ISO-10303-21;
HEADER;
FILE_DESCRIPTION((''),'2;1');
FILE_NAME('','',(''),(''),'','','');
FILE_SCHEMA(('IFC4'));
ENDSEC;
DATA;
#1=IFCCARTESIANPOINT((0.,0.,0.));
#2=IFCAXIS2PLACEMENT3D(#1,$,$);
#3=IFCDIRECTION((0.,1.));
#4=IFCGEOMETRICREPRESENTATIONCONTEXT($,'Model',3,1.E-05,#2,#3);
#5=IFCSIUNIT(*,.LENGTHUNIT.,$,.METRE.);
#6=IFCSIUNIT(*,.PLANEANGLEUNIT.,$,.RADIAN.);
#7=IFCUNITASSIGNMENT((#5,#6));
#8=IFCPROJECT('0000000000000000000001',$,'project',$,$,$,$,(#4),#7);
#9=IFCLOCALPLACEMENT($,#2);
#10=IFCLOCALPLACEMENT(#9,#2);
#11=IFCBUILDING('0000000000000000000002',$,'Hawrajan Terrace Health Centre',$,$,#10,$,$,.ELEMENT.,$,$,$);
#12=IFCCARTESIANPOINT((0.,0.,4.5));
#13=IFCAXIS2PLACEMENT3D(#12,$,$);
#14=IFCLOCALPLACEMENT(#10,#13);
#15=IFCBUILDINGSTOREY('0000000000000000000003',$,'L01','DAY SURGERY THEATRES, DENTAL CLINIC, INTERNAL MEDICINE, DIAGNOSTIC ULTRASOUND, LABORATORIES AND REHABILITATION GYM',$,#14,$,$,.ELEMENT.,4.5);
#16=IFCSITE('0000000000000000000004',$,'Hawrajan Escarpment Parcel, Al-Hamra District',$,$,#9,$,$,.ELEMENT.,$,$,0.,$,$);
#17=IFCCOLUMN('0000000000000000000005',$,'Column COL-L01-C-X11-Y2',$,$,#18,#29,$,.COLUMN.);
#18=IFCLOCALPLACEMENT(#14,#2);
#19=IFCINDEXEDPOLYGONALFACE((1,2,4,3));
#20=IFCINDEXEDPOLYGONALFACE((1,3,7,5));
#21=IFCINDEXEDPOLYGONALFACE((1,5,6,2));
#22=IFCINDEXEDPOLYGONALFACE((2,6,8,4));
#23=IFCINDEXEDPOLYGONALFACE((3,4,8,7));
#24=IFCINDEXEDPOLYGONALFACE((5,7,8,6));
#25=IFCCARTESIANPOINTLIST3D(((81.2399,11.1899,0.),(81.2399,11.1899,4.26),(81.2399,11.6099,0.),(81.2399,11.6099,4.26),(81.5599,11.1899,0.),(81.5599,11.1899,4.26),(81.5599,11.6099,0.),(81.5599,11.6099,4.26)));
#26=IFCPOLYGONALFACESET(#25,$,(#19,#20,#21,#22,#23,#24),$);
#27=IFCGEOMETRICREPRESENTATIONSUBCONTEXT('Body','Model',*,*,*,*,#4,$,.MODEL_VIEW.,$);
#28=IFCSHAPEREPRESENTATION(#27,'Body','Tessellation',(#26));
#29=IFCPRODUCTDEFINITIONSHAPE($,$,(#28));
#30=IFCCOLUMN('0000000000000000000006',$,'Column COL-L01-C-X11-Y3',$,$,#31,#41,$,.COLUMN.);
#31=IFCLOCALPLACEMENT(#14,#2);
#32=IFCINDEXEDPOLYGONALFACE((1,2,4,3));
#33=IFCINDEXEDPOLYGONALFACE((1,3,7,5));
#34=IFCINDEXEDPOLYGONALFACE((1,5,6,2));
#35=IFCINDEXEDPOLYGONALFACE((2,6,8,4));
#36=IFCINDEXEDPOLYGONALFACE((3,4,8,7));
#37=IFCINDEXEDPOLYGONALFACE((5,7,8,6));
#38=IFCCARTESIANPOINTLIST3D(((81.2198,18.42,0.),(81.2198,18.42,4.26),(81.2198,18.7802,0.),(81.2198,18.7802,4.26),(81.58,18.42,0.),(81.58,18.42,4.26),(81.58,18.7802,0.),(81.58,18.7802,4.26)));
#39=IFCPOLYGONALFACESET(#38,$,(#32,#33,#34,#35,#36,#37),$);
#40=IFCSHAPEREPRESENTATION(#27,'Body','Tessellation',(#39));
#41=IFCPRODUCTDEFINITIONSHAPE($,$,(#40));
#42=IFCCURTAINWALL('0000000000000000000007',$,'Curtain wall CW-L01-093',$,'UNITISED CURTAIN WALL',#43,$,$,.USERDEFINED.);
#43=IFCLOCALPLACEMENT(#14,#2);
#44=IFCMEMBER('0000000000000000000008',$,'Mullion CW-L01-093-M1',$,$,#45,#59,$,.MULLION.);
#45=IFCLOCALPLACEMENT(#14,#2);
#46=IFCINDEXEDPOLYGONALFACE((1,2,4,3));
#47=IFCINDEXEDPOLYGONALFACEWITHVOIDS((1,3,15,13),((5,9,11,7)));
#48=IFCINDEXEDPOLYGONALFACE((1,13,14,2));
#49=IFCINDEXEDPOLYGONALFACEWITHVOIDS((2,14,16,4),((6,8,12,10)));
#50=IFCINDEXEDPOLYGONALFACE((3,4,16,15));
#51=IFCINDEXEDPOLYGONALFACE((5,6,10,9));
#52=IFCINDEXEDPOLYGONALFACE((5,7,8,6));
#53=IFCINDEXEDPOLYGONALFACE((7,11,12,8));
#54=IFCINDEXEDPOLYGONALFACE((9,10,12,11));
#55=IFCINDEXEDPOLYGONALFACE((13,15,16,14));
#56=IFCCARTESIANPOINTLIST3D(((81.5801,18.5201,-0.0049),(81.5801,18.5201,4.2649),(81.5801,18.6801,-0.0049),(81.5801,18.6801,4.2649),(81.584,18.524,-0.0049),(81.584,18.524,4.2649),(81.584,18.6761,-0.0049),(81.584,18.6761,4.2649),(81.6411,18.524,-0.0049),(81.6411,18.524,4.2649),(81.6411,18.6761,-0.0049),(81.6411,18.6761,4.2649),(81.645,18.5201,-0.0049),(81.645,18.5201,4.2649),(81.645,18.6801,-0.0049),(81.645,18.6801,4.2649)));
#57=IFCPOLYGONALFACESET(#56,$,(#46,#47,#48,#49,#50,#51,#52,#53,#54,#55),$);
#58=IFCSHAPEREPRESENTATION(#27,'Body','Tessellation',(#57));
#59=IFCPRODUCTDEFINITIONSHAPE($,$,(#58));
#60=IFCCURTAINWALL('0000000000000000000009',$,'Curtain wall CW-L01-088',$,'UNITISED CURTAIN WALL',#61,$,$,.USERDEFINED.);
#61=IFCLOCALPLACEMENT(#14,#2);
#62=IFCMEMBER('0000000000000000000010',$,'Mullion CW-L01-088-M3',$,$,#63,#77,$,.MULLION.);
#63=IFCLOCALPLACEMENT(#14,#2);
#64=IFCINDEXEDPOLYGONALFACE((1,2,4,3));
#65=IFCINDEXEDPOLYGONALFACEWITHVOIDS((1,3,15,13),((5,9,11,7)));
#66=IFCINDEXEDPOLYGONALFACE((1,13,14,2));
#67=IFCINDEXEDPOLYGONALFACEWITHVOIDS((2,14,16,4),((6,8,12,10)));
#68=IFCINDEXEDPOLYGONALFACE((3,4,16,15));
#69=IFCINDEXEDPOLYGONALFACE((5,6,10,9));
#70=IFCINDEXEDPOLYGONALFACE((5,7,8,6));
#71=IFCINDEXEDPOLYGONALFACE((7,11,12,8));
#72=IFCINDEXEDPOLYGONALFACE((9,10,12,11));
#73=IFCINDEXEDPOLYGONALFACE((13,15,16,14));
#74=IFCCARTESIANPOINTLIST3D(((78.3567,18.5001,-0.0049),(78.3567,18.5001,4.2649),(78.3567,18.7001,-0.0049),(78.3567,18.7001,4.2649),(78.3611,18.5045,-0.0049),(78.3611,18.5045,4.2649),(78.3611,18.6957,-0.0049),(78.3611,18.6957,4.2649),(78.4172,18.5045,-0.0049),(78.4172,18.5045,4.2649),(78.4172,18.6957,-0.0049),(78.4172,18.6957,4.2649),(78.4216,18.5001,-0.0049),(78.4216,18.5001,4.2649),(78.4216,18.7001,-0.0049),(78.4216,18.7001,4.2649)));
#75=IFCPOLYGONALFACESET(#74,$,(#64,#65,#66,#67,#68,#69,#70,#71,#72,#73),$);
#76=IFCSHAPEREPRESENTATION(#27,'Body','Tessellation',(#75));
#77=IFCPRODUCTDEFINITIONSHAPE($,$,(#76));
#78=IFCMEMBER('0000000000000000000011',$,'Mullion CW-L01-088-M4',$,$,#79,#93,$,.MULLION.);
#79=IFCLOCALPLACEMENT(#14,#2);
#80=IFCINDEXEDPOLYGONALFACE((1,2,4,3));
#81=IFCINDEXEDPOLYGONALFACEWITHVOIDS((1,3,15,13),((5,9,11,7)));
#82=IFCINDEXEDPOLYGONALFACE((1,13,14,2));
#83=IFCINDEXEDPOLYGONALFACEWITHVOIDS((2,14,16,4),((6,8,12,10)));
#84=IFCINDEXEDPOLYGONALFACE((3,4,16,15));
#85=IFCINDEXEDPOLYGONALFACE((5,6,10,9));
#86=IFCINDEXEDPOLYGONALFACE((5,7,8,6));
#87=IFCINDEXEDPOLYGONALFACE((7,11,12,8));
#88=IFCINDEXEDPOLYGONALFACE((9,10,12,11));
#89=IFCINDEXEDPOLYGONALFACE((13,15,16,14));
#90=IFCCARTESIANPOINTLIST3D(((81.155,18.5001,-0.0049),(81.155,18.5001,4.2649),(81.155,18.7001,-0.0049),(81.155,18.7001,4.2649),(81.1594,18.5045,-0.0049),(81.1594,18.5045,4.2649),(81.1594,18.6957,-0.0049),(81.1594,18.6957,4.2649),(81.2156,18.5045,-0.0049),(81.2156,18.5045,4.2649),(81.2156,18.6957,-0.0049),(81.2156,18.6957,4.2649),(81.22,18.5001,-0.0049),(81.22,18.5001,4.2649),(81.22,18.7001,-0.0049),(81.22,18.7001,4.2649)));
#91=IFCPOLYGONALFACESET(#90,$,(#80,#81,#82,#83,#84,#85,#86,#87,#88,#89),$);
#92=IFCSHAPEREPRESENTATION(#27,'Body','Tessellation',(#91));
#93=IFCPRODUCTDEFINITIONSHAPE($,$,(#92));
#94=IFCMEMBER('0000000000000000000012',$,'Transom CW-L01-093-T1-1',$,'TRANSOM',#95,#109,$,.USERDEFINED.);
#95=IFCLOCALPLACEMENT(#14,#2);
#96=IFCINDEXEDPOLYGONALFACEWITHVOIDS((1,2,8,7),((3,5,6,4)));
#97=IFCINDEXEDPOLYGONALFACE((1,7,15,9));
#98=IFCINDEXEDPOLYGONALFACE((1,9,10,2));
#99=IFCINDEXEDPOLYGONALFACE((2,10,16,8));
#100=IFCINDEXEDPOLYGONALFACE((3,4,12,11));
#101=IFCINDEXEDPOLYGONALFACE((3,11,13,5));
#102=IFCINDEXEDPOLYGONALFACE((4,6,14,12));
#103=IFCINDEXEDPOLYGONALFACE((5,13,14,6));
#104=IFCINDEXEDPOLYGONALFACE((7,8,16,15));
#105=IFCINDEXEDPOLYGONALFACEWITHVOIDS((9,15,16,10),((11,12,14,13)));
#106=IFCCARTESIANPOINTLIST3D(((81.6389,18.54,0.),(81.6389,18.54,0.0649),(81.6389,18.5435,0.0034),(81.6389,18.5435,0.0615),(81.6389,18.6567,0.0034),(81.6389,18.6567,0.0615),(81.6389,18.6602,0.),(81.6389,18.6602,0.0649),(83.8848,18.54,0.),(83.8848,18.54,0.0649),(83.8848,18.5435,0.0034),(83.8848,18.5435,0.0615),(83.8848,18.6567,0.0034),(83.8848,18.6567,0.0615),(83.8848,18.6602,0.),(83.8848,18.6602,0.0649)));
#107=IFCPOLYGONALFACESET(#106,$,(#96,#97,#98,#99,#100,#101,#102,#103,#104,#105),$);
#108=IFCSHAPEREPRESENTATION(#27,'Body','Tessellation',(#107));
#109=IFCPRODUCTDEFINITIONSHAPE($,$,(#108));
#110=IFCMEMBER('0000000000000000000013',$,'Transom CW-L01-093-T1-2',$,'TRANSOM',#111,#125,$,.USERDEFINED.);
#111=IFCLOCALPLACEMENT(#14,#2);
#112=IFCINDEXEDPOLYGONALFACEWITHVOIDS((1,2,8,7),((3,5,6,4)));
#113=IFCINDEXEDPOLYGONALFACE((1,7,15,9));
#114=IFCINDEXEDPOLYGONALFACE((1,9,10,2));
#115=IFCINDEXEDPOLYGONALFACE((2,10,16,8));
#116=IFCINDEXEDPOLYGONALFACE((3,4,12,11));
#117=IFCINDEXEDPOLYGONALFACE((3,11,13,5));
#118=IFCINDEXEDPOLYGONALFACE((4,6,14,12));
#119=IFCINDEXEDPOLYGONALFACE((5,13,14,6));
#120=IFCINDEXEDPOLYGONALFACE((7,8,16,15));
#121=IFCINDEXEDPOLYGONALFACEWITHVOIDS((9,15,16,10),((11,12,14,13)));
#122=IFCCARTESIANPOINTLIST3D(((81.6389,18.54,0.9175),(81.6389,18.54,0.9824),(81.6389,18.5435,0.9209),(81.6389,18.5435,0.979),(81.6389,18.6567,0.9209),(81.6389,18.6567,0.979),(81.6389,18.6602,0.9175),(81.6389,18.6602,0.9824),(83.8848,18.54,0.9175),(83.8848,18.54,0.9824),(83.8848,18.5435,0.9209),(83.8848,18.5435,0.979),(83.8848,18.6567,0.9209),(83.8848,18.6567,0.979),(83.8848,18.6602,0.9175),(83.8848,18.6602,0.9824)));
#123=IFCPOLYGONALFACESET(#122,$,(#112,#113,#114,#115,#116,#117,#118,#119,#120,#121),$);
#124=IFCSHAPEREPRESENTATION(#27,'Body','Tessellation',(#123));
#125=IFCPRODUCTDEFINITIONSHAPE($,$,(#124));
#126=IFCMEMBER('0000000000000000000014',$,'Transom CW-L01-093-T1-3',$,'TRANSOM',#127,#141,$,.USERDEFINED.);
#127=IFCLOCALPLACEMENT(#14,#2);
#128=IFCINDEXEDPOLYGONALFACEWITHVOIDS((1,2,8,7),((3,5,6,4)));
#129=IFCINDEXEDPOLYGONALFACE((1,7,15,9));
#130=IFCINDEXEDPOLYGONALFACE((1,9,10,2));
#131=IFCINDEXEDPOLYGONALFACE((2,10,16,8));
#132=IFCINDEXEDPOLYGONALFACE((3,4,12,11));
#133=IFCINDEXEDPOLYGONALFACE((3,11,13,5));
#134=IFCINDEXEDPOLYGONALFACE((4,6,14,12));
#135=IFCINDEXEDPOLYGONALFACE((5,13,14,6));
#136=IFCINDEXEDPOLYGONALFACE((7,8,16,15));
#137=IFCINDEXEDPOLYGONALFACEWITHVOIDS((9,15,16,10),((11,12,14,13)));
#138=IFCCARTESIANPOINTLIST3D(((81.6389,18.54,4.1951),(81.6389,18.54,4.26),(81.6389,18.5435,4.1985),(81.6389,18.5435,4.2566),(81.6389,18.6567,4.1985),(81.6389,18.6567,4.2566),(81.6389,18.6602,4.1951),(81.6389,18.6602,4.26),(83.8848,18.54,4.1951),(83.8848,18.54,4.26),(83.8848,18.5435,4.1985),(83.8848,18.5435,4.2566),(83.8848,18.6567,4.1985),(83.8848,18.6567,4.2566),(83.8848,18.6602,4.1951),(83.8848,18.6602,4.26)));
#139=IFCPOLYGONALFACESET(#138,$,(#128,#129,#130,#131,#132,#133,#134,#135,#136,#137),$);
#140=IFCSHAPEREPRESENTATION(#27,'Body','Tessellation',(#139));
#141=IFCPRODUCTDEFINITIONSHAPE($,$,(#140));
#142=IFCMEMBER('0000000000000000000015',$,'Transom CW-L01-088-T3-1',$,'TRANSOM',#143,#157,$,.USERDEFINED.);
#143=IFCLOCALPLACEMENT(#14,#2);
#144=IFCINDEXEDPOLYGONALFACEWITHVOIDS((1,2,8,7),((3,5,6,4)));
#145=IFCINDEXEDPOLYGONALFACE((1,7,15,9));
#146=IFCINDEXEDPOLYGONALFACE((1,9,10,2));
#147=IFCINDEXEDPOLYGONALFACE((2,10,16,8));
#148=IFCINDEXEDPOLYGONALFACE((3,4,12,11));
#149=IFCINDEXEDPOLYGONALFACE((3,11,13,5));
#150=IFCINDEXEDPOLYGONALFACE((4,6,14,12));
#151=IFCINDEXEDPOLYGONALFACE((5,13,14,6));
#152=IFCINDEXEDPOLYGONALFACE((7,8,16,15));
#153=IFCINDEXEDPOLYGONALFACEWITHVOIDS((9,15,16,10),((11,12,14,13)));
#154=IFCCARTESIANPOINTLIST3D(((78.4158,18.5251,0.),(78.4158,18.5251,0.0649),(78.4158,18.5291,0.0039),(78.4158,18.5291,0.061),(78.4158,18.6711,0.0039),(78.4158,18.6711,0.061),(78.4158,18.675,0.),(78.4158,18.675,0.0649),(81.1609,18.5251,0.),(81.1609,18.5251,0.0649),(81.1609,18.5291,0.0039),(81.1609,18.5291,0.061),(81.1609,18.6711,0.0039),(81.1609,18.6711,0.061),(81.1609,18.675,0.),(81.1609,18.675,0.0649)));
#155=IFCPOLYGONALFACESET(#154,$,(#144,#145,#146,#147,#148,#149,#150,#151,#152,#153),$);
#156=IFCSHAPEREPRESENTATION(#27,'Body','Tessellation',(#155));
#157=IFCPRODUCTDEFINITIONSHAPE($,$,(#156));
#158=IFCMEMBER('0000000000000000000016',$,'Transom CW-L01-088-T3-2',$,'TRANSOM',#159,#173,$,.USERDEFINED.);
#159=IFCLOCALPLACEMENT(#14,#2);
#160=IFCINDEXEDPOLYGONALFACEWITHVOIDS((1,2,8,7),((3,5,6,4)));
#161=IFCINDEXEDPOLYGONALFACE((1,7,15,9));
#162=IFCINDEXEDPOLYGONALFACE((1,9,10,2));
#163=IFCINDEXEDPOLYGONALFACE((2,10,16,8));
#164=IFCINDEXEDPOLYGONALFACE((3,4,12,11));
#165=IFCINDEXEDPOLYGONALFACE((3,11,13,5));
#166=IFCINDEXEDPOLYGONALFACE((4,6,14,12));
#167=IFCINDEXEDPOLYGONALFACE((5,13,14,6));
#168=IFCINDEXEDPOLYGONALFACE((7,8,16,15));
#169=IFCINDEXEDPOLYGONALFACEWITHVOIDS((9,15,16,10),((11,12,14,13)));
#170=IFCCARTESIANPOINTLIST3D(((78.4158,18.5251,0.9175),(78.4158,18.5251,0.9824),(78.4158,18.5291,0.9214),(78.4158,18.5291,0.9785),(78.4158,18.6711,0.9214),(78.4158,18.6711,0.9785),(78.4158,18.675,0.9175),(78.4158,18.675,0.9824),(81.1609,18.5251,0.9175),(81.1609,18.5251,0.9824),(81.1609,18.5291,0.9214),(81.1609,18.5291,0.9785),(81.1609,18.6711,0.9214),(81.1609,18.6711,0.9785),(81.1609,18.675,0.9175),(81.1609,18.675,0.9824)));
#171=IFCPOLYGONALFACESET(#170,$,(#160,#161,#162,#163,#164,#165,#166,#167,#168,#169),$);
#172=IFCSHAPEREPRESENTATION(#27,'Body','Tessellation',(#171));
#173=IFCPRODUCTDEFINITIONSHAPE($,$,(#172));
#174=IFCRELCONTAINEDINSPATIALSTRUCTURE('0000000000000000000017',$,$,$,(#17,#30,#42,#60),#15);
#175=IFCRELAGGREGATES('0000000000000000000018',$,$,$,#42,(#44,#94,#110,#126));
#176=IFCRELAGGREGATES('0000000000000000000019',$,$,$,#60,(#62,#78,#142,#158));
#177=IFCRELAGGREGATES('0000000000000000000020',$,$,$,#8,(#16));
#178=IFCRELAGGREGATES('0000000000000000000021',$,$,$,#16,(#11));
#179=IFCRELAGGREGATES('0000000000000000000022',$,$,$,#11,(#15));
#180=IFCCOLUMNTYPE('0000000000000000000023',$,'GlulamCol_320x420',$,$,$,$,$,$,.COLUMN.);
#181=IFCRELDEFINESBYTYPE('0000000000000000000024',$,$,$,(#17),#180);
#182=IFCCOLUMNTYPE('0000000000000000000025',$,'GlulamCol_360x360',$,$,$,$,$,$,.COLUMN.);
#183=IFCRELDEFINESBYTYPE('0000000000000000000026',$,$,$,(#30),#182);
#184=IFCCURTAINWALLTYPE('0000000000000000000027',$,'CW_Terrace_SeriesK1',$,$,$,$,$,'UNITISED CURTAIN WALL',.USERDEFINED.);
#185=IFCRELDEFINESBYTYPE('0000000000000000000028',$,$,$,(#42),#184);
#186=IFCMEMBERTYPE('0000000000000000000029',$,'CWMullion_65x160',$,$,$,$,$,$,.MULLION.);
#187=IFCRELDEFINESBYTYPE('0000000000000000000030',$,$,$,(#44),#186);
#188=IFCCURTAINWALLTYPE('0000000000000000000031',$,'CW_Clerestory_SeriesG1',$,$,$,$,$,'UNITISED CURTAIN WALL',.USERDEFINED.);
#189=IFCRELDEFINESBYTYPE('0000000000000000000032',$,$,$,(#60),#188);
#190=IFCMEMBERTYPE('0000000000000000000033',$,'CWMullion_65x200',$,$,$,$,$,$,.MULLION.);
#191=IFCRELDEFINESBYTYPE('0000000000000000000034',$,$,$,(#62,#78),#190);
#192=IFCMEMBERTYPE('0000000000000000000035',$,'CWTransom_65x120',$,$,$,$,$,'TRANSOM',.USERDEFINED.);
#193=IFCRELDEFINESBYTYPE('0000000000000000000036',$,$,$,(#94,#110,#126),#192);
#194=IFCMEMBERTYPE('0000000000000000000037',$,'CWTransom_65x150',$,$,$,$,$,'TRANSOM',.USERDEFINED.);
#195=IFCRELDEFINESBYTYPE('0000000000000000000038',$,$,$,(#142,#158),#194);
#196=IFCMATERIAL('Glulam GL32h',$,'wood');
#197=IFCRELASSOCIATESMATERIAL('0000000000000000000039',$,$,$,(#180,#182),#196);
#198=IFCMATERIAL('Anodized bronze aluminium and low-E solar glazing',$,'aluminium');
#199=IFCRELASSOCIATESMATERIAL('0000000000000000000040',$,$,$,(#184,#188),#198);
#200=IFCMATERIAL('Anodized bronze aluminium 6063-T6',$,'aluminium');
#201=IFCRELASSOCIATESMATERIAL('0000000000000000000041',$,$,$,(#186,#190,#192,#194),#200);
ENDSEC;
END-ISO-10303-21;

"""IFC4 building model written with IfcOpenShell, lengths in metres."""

from ifc_helpers import new_model, si_unit, direction, frame, origin, origin_2d, place, context, subcontext, project, spatial, rectangle, hollow_rectangle, extrude, material, material_profile, profile_set, type_object, element, aggregate, save


model = new_model("IFC4")

# Units and contexts
model_context = context("Model", 3, precision=1e-05, world=origin(), true_north=direction((0.0, 1.0)))
body_context = subcontext(model_context, "Body", "Model", "MODEL_VIEW")
ifc_project = project(units=[si_unit("LENGTHUNIT", "METRE"), si_unit("PLANEANGLEUNIT", "RADIAN")], contexts=[model_context])

# Site, building, storey
site_placement = place(None, origin())
site = spatial("IfcSite", under=ifc_project, at=site_placement, Name="Hawrajan Escarpment Parcel, Al-Hamra District", CompositionType="ELEMENT", RefElevation=0.0)
building_placement = place(site_placement, origin())
building = spatial("IfcBuilding", under=site, at=building_placement, Name="Hawrajan Terrace Health Centre", CompositionType="ELEMENT")
storey_placement = place(building_placement, frame((0.0, 0.0, 4.5)))
storey = spatial("IfcBuildingStorey", under=building, at=storey_placement, Name="L01", Description="DAY SURGERY THEATRES, DENTAL CLINIC, INTERNAL MEDICINE, DIAGNOSTIC ULTRASOUND, LABORATORIES AND REHABILITATION GYM", CompositionType="ELEMENT", Elevation=4.5)

# Columns
ifc_material_1 = material(Name="Glulam GL32h", Category="wood")
ifc_material_profile_1 = material_profile(ifc_material_1, rectangle(XDim=0.3201, YDim=0.4199, at=origin_2d()), Name="GL 320x420")
ifc_profile_set_1 = profile_set([ifc_material_profile_1], Name="Glulam GL32h")
column_type_1 = type_object("IfcColumnType", Name="GlulamCol_320x420", PredefinedType="COLUMN", material=ifc_profile_set_1)
column_1_placement = place(storey_placement, frame((81.3999, 11.3999, 0.0), z_axis=(0.0, 0.0, 1.0), x_axis=(1.0, 0.0, 0.0)))
element("IfcColumn", 1, at=column_1_placement, inside=storey, type_object=column_type_1, Name="Column COL-L01-C-X11-Y2", PredefinedType="COLUMN", context=body_context, shape_type="SweptSolid", body=[
    extrude(rectangle(XDim=0.3201, YDim=0.4199, at=origin_2d()), origin(), (0.0, 0.0, 1.0), 4.26),
])
ifc_material_profile_2 = material_profile(ifc_material_1, rectangle(XDim=0.3601, YDim=0.3601, at=origin_2d()), Name="GL 360x360")
ifc_profile_set_2 = profile_set([ifc_material_profile_2], Name="Glulam GL32h")
column_type_2 = type_object("IfcColumnType", Name="GlulamCol_360x360", PredefinedType="COLUMN", material=ifc_profile_set_2)
column_2_placement = place(storey_placement, frame((81.3999, 18.6001, 0.0), z_axis=(0.0, 0.0, 1.0), x_axis=(1.0, 0.0, 0.0)))
element("IfcColumn", 2, at=column_2_placement, inside=storey, type_object=column_type_2, Name="Column COL-L01-C-X11-Y3", PredefinedType="COLUMN", context=body_context, shape_type="SweptSolid", body=[
    extrude(rectangle(XDim=0.3601, YDim=0.3601, at=origin_2d()), origin(), (0.0, 0.0, 1.0), 4.26),
])

# Curtain wall, member
ifc_material_2 = material(Name="Anodized bronze aluminium and low-E solar glazing", Category="aluminium")
curtain_wall_type_1 = type_object("IfcCurtainWallType", Name="CW_Terrace_SeriesK1", ElementType="UNITISED CURTAIN WALL", PredefinedType="USERDEFINED", material=ifc_material_2)
curtain_wall_1_placement = place(storey_placement, origin())
curtain_wall_1 = element("IfcCurtainWall", 3, at=curtain_wall_1_placement, inside=storey, type_object=curtain_wall_type_1, Name="Curtain wall CW-L01-093", ObjectType="UNITISED CURTAIN WALL", PredefinedType="USERDEFINED")
ifc_material_3 = material(Name="Anodized bronze aluminium 6063-T6", Category="aluminium")
ifc_material_profile_3 = material_profile(ifc_material_3, hollow_rectangle(XDim=0.0649, YDim=0.1599, WallThickness=0.0039, at=origin_2d()), Name="CW MUL 65x160")
ifc_profile_set_3 = profile_set([ifc_material_profile_3], Name="Anodized bronze aluminium 6063-T6")
member_type_1 = type_object("IfcMemberType", Name="CWMullion_65x160", PredefinedType="MULLION", material=ifc_profile_set_3)
member_1_placement = place(storey_placement, frame((81.6125, 18.6001, -0.0049), z_axis=(0.0, 0.0, 1.0), x_axis=(1.0, 0.0, 0.0)))
member_1 = element("IfcMember", 4, at=member_1_placement, type_object=member_type_1, Name="Mullion CW-L01-093-M1", PredefinedType="MULLION", context=body_context, shape_type="SweptSolid", body=[
    extrude(hollow_rectangle(XDim=0.0649, YDim=0.1599, WallThickness=0.0039, at=origin_2d()), origin(), (0.0, 0.0, 1.0), 4.2698),
])

# Curtain wall, members
curtain_wall_type_2 = type_object("IfcCurtainWallType", Name="CW_Clerestory_SeriesG1", ElementType="UNITISED CURTAIN WALL", PredefinedType="USERDEFINED", material=ifc_material_2)
curtain_wall_2_placement = place(storey_placement, origin())
curtain_wall_2 = element("IfcCurtainWall", 5, at=curtain_wall_2_placement, inside=storey, type_object=curtain_wall_type_2, Name="Curtain wall CW-L01-088", ObjectType="UNITISED CURTAIN WALL", PredefinedType="USERDEFINED")
ifc_material_profile_4 = material_profile(ifc_material_3, hollow_rectangle(XDim=0.0649, YDim=0.2, WallThickness=0.0044, at=origin_2d()), Name="CW MUL 65x200")
ifc_profile_set_4 = profile_set([ifc_material_profile_4], Name="Anodized bronze aluminium 6063-T6")
member_type_2 = type_object("IfcMemberType", Name="CWMullion_65x200", PredefinedType="MULLION", material=ifc_profile_set_4)
member_2_placement = place(storey_placement, frame((78.3892, 18.6001, -0.0049), z_axis=(0.0, 0.0, 1.0), x_axis=(1.0, 0.0, 0.0)))
member_2 = element("IfcMember", 6, at=member_2_placement, type_object=member_type_2, Name="Mullion CW-L01-088-M3", PredefinedType="MULLION", context=body_context, shape_type="SweptSolid", body=[
    extrude(hollow_rectangle(XDim=0.0649, YDim=0.2, WallThickness=0.0044, at=origin_2d()), origin(), (0.0, 0.0, 1.0), 4.2698),
])
member_3_placement = place(storey_placement, frame((81.1875, 18.6001, -0.0049), z_axis=(0.0, 0.0, 1.0), x_axis=(1.0, 0.0, 0.0)))
member_3 = element("IfcMember", 7, at=member_3_placement, type_object=member_type_2, Name="Mullion CW-L01-088-M4", PredefinedType="MULLION", context=body_context, shape_type="SweptSolid", body=[
    extrude(hollow_rectangle(XDim=0.0649, YDim=0.2, WallThickness=0.0044, at=origin_2d()), origin(), (0.0, 0.0, 1.0), 4.2698),
])

# Members
ifc_material_profile_5 = material_profile(ifc_material_3, hollow_rectangle(XDim=0.0649, YDim=0.1201, WallThickness=0.0034, at=origin_2d()), Name="CW TRN 65x120")
ifc_profile_set_5 = profile_set([ifc_material_profile_5], Name="Anodized bronze aluminium 6063-T6")
member_type_3 = type_object("IfcMemberType", Name="CWTransom_65x120", ElementType="TRANSOM", PredefinedType="USERDEFINED", material=ifc_profile_set_5)
member_4_placement = place(storey_placement, frame((81.6389, 18.6001, 0.0325), z_axis=(1.0, 0.0, 0.0), x_axis=(0.0, 0.0, 1.0)))
member_4 = element("IfcMember", 8, at=member_4_placement, type_object=member_type_3, Name="Transom CW-L01-093-T1-1", ObjectType="TRANSOM", PredefinedType="USERDEFINED", context=body_context, shape_type="SweptSolid", body=[
    extrude(hollow_rectangle(XDim=0.0649, YDim=0.1201, WallThickness=0.0034, at=origin_2d()), origin(), (0.0, 0.0, 1.0), 2.2458),
])
member_5_placement = place(storey_placement, frame((81.6389, 18.6001, 0.95), z_axis=(1.0, 0.0, 0.0), x_axis=(0.0, 0.0, 1.0)))
member_5 = element("IfcMember", 9, at=member_5_placement, type_object=member_type_3, Name="Transom CW-L01-093-T1-2", ObjectType="TRANSOM", PredefinedType="USERDEFINED", context=body_context, shape_type="SweptSolid", body=[
    extrude(hollow_rectangle(XDim=0.0649, YDim=0.1201, WallThickness=0.0034, at=origin_2d()), origin(), (0.0, 0.0, 1.0), 2.2458),
])
member_6_placement = place(storey_placement, frame((81.6389, 18.6001, 4.2275), z_axis=(1.0, 0.0, 0.0), x_axis=(0.0, 0.0, 1.0)))
member_6 = element("IfcMember", 10, at=member_6_placement, type_object=member_type_3, Name="Transom CW-L01-093-T1-3", ObjectType="TRANSOM", PredefinedType="USERDEFINED", context=body_context, shape_type="SweptSolid", body=[
    extrude(hollow_rectangle(XDim=0.0649, YDim=0.1201, WallThickness=0.0034, at=origin_2d()), origin(), (0.0, 0.0, 1.0), 2.2458),
])
ifc_material_profile_6 = material_profile(ifc_material_3, hollow_rectangle(XDim=0.0649, YDim=0.1499, WallThickness=0.0039, at=origin_2d()), Name="CW TRN 65x150")
ifc_profile_set_6 = profile_set([ifc_material_profile_6], Name="Anodized bronze aluminium 6063-T6")
member_type_4 = type_object("IfcMemberType", Name="CWTransom_65x150", ElementType="TRANSOM", PredefinedType="USERDEFINED", material=ifc_profile_set_6)
member_7_placement = place(storey_placement, frame((78.4158, 18.6001, 0.0325), z_axis=(1.0, 0.0, 0.0), x_axis=(0.0, 0.0, 1.0)))
member_7 = element("IfcMember", 11, at=member_7_placement, type_object=member_type_4, Name="Transom CW-L01-088-T3-1", ObjectType="TRANSOM", PredefinedType="USERDEFINED", context=body_context, shape_type="SweptSolid", body=[
    extrude(hollow_rectangle(XDim=0.0649, YDim=0.1499, WallThickness=0.0039, at=origin_2d()), origin(), (0.0, 0.0, 1.0), 2.7451),
])
member_8_placement = place(storey_placement, frame((78.4158, 18.6001, 0.95), z_axis=(1.0, 0.0, 0.0), x_axis=(0.0, 0.0, 1.0)))
member_8 = element("IfcMember", 12, at=member_8_placement, type_object=member_type_4, Name="Transom CW-L01-088-T3-2", ObjectType="TRANSOM", PredefinedType="USERDEFINED", context=body_context, shape_type="SweptSolid", body=[
    extrude(hollow_rectangle(XDim=0.0649, YDim=0.1499, WallThickness=0.0039, at=origin_2d()), origin(), (0.0, 0.0, 1.0), 2.7451),
])

aggregate(curtain_wall_1, [member_1, member_4, member_5, member_6])
aggregate(curtain_wall_2, [member_2, member_3, member_7, member_8])

save(model, "model.ifc")
